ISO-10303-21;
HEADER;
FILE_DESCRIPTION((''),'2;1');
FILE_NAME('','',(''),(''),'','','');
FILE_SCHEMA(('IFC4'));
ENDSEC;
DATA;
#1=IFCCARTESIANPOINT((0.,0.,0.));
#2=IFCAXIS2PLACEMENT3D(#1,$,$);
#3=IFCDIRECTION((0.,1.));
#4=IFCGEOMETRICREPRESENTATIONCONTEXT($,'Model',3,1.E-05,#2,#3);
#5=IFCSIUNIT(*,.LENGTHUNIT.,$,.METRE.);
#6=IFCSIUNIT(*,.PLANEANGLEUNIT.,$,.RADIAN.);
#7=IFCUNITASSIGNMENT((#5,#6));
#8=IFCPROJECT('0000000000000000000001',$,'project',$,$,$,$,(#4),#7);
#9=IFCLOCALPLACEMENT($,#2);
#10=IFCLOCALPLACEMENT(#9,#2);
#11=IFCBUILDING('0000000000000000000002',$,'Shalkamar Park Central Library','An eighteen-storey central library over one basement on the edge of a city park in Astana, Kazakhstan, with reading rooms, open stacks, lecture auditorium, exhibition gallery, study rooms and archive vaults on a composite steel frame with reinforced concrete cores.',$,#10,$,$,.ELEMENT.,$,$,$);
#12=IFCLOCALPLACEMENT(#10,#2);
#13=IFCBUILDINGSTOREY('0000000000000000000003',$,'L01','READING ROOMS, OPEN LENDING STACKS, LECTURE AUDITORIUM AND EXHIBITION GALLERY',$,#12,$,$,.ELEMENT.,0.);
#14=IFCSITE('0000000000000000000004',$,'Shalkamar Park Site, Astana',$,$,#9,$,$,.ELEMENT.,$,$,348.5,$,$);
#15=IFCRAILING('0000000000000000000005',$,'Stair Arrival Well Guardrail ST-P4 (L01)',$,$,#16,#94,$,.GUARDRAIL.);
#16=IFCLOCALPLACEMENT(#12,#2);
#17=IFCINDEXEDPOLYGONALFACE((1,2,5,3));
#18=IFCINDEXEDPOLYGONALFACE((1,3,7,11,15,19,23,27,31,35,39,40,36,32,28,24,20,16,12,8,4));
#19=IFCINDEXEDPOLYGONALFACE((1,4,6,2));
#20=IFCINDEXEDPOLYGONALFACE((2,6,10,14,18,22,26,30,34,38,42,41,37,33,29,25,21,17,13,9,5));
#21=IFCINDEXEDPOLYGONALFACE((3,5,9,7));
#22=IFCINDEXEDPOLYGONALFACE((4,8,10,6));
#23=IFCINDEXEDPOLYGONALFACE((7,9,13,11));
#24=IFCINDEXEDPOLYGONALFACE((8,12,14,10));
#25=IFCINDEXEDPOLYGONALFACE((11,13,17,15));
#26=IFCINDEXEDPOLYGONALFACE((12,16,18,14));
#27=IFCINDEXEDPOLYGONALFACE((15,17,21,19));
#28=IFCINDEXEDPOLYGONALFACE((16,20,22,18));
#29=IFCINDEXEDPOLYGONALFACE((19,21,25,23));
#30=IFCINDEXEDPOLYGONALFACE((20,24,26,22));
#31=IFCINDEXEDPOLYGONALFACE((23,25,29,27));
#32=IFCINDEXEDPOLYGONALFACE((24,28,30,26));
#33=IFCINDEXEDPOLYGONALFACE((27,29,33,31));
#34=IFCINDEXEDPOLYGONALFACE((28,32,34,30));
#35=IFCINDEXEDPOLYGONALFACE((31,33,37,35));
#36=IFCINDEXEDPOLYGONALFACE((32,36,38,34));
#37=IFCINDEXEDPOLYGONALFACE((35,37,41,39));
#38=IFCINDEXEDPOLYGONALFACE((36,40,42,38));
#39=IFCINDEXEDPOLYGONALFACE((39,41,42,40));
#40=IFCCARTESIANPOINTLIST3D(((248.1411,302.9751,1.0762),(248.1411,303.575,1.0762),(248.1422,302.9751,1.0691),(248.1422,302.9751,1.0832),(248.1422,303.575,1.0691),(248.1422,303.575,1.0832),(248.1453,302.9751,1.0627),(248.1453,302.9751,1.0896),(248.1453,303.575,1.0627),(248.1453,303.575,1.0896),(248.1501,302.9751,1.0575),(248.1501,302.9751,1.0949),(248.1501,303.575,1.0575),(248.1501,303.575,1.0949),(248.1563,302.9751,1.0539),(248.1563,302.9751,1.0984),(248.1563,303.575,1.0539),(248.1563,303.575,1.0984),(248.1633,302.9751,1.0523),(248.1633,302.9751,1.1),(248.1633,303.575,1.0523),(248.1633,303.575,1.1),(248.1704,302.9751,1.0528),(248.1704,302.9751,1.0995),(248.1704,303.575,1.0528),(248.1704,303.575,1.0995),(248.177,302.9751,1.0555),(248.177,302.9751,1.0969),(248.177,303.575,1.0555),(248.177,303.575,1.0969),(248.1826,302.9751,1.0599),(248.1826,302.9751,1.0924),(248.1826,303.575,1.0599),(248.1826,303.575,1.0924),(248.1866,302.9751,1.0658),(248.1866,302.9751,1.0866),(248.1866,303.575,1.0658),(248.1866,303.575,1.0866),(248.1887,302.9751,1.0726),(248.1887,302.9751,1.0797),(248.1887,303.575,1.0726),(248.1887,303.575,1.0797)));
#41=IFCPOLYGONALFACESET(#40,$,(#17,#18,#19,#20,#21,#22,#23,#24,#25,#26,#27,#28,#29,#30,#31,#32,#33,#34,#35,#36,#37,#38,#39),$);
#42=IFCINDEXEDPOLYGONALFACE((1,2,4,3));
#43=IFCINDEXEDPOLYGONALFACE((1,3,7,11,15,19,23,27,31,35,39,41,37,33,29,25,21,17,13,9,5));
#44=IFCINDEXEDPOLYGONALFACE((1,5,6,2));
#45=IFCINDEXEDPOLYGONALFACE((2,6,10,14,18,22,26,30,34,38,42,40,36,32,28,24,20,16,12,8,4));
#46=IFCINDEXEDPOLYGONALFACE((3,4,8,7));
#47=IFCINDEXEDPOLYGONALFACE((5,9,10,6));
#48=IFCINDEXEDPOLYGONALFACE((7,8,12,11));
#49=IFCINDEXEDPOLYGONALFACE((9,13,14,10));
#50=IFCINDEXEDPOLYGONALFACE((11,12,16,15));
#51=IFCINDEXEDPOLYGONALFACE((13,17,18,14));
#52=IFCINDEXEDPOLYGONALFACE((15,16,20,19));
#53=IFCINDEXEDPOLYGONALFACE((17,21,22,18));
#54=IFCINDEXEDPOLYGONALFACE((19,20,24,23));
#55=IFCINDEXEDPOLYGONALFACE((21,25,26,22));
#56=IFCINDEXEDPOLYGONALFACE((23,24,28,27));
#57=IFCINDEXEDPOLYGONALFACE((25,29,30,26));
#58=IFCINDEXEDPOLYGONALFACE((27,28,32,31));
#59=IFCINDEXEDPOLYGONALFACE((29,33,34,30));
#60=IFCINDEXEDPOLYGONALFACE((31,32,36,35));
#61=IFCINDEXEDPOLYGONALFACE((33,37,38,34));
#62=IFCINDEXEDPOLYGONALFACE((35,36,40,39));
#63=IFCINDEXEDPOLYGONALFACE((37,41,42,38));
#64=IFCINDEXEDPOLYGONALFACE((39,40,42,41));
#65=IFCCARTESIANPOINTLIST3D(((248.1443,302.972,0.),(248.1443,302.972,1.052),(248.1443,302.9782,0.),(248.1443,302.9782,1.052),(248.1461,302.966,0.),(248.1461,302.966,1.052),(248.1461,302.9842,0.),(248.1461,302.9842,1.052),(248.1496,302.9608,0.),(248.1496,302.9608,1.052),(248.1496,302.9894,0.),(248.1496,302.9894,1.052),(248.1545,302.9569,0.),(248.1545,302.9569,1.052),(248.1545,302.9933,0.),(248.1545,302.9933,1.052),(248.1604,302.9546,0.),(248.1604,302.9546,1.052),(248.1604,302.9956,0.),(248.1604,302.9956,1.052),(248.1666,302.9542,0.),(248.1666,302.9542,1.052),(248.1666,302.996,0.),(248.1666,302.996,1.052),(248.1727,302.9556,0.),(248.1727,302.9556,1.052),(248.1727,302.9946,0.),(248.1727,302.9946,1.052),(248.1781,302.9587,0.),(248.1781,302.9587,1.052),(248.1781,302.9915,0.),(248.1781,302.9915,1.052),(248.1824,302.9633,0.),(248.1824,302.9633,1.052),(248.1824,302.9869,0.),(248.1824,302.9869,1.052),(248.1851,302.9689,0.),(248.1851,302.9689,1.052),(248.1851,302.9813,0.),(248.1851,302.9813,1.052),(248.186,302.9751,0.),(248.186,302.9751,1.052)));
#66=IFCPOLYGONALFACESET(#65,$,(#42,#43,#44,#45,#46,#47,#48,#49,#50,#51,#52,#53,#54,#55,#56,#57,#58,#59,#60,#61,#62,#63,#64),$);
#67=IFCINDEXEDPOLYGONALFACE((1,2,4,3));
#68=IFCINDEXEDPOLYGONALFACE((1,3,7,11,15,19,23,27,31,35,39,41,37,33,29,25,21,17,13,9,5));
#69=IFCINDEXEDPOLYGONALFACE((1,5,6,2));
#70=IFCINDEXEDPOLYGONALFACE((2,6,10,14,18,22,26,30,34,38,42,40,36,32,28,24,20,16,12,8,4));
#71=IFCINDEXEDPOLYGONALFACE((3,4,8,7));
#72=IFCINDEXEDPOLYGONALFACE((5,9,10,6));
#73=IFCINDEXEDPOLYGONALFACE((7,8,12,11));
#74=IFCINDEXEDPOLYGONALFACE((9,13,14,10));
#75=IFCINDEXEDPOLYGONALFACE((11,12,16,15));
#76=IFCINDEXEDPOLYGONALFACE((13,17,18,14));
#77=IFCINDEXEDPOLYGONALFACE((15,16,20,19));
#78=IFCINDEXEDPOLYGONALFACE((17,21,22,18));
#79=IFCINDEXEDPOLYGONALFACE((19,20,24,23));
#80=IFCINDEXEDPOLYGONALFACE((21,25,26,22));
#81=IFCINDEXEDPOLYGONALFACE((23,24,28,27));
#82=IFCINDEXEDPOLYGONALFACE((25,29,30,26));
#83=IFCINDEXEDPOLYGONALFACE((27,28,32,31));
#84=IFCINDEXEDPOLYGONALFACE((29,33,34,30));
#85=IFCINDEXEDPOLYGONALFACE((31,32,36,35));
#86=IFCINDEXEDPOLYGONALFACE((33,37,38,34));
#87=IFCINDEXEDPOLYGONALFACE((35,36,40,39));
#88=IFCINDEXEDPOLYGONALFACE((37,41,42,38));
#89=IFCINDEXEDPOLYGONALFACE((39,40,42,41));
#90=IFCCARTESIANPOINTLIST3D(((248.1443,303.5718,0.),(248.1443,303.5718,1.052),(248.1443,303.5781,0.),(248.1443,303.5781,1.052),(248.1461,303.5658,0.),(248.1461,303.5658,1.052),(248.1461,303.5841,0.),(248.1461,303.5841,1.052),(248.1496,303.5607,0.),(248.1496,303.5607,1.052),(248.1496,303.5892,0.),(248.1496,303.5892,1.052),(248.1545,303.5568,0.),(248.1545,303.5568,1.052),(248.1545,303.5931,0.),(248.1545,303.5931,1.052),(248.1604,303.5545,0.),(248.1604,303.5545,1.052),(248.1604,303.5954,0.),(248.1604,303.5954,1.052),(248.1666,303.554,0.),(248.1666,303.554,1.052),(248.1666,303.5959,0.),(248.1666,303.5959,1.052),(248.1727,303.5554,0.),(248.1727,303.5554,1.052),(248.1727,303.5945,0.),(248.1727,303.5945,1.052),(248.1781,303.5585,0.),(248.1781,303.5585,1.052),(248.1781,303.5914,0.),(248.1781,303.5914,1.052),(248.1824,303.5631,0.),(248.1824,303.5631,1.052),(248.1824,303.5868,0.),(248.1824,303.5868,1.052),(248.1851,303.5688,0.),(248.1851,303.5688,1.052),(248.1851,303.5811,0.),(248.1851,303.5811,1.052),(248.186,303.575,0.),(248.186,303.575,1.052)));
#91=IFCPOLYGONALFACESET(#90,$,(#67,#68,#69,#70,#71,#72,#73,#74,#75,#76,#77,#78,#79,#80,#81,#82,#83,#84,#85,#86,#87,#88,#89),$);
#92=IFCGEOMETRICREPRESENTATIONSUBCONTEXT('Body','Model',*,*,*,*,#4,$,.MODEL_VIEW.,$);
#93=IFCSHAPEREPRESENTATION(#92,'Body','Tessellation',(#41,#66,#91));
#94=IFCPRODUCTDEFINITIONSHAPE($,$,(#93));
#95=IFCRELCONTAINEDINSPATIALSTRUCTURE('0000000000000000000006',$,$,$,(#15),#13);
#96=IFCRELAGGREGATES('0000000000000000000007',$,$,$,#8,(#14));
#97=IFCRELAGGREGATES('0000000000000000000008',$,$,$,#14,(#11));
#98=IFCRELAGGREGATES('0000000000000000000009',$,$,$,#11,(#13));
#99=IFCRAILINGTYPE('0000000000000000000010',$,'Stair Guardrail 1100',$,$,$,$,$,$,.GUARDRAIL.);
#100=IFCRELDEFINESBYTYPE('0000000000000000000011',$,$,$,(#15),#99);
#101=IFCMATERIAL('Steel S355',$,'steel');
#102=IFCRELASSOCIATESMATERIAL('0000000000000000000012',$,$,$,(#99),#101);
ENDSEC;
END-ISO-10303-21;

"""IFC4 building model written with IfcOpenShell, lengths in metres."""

from ifc_helpers import new_model, si_unit, direction, frame, origin, origin_2d, place, context, subcontext, project, spatial, circle, extrude, material, type_object, element, save


model = new_model("IFC4")

# Units and contexts
model_context = context("Model", 3, precision=1e-05, world=origin(), true_north=direction((0.0, 1.0)))
body_context = subcontext(model_context, "Body", "Model", "MODEL_VIEW")
ifc_project = project(units=[si_unit("LENGTHUNIT", "METRE"), si_unit("PLANEANGLEUNIT", "RADIAN")], contexts=[model_context])

# Site, building, storey
site_placement = place(None, origin())
site = spatial("IfcSite", under=ifc_project, at=site_placement, Name="Shalkamar Park Site, Astana", CompositionType="ELEMENT", RefElevation=348.5)
building_placement = place(site_placement, origin())
building = spatial("IfcBuilding", under=site, at=building_placement, Name="Shalkamar Park Central Library", Description="An eighteen-storey central library over one basement on the edge of a city park in Astana, Kazakhstan, with reading rooms, open stacks, lecture auditorium, exhibition gallery, study rooms and archive vaults on a composite steel frame with reinforced concrete cores.", CompositionType="ELEMENT")
storey_placement = place(building_placement, origin())
storey = spatial("IfcBuildingStorey", under=building, at=storey_placement, Name="L01", Description="READING ROOMS, OPEN LENDING STACKS, LECTURE AUDITORIUM AND EXHIBITION GALLERY", CompositionType="ELEMENT", Elevation=0.0)

# Shared definitions
ifc_material_1 = material(Name="Steel S355", Category="steel")

# Railing
railing_type_1 = type_object("IfcRailingType", Name="Stair Guardrail 1100", PredefinedType="GUARDRAIL", material=ifc_material_1)
railing_1_placement = place(storey_placement, frame((248.165, 302.9751, 0.0)))
element("IfcRailing", 1, at=railing_1_placement, inside=storey, type_object=railing_type_1, Name="Stair Arrival Well Guardrail ST-P4 (L01)", PredefinedType="GUARDRAIL", context=body_context, shape_type="SweptSolid", body=[
    extrude(circle(Radius=0.0239, at=origin_2d()), frame((0.0, 0.0, 1.0762), z_axis=(0.0, 1.0, 0.0), x_axis=(-1.0, 0.0, 0.0)), (0.0, 0.0, 1.0), 0.5999),
    extrude(circle(Radius=0.021, at=origin_2d()), origin(), (0.0, 0.0, 1.0), 1.052),
    extrude(circle(Radius=0.021, at=origin_2d()), frame((0.0, 0.5999, 0.0)), (0.0, 0.0, 1.0), 1.052),
])

save(model, "model.ifc")
